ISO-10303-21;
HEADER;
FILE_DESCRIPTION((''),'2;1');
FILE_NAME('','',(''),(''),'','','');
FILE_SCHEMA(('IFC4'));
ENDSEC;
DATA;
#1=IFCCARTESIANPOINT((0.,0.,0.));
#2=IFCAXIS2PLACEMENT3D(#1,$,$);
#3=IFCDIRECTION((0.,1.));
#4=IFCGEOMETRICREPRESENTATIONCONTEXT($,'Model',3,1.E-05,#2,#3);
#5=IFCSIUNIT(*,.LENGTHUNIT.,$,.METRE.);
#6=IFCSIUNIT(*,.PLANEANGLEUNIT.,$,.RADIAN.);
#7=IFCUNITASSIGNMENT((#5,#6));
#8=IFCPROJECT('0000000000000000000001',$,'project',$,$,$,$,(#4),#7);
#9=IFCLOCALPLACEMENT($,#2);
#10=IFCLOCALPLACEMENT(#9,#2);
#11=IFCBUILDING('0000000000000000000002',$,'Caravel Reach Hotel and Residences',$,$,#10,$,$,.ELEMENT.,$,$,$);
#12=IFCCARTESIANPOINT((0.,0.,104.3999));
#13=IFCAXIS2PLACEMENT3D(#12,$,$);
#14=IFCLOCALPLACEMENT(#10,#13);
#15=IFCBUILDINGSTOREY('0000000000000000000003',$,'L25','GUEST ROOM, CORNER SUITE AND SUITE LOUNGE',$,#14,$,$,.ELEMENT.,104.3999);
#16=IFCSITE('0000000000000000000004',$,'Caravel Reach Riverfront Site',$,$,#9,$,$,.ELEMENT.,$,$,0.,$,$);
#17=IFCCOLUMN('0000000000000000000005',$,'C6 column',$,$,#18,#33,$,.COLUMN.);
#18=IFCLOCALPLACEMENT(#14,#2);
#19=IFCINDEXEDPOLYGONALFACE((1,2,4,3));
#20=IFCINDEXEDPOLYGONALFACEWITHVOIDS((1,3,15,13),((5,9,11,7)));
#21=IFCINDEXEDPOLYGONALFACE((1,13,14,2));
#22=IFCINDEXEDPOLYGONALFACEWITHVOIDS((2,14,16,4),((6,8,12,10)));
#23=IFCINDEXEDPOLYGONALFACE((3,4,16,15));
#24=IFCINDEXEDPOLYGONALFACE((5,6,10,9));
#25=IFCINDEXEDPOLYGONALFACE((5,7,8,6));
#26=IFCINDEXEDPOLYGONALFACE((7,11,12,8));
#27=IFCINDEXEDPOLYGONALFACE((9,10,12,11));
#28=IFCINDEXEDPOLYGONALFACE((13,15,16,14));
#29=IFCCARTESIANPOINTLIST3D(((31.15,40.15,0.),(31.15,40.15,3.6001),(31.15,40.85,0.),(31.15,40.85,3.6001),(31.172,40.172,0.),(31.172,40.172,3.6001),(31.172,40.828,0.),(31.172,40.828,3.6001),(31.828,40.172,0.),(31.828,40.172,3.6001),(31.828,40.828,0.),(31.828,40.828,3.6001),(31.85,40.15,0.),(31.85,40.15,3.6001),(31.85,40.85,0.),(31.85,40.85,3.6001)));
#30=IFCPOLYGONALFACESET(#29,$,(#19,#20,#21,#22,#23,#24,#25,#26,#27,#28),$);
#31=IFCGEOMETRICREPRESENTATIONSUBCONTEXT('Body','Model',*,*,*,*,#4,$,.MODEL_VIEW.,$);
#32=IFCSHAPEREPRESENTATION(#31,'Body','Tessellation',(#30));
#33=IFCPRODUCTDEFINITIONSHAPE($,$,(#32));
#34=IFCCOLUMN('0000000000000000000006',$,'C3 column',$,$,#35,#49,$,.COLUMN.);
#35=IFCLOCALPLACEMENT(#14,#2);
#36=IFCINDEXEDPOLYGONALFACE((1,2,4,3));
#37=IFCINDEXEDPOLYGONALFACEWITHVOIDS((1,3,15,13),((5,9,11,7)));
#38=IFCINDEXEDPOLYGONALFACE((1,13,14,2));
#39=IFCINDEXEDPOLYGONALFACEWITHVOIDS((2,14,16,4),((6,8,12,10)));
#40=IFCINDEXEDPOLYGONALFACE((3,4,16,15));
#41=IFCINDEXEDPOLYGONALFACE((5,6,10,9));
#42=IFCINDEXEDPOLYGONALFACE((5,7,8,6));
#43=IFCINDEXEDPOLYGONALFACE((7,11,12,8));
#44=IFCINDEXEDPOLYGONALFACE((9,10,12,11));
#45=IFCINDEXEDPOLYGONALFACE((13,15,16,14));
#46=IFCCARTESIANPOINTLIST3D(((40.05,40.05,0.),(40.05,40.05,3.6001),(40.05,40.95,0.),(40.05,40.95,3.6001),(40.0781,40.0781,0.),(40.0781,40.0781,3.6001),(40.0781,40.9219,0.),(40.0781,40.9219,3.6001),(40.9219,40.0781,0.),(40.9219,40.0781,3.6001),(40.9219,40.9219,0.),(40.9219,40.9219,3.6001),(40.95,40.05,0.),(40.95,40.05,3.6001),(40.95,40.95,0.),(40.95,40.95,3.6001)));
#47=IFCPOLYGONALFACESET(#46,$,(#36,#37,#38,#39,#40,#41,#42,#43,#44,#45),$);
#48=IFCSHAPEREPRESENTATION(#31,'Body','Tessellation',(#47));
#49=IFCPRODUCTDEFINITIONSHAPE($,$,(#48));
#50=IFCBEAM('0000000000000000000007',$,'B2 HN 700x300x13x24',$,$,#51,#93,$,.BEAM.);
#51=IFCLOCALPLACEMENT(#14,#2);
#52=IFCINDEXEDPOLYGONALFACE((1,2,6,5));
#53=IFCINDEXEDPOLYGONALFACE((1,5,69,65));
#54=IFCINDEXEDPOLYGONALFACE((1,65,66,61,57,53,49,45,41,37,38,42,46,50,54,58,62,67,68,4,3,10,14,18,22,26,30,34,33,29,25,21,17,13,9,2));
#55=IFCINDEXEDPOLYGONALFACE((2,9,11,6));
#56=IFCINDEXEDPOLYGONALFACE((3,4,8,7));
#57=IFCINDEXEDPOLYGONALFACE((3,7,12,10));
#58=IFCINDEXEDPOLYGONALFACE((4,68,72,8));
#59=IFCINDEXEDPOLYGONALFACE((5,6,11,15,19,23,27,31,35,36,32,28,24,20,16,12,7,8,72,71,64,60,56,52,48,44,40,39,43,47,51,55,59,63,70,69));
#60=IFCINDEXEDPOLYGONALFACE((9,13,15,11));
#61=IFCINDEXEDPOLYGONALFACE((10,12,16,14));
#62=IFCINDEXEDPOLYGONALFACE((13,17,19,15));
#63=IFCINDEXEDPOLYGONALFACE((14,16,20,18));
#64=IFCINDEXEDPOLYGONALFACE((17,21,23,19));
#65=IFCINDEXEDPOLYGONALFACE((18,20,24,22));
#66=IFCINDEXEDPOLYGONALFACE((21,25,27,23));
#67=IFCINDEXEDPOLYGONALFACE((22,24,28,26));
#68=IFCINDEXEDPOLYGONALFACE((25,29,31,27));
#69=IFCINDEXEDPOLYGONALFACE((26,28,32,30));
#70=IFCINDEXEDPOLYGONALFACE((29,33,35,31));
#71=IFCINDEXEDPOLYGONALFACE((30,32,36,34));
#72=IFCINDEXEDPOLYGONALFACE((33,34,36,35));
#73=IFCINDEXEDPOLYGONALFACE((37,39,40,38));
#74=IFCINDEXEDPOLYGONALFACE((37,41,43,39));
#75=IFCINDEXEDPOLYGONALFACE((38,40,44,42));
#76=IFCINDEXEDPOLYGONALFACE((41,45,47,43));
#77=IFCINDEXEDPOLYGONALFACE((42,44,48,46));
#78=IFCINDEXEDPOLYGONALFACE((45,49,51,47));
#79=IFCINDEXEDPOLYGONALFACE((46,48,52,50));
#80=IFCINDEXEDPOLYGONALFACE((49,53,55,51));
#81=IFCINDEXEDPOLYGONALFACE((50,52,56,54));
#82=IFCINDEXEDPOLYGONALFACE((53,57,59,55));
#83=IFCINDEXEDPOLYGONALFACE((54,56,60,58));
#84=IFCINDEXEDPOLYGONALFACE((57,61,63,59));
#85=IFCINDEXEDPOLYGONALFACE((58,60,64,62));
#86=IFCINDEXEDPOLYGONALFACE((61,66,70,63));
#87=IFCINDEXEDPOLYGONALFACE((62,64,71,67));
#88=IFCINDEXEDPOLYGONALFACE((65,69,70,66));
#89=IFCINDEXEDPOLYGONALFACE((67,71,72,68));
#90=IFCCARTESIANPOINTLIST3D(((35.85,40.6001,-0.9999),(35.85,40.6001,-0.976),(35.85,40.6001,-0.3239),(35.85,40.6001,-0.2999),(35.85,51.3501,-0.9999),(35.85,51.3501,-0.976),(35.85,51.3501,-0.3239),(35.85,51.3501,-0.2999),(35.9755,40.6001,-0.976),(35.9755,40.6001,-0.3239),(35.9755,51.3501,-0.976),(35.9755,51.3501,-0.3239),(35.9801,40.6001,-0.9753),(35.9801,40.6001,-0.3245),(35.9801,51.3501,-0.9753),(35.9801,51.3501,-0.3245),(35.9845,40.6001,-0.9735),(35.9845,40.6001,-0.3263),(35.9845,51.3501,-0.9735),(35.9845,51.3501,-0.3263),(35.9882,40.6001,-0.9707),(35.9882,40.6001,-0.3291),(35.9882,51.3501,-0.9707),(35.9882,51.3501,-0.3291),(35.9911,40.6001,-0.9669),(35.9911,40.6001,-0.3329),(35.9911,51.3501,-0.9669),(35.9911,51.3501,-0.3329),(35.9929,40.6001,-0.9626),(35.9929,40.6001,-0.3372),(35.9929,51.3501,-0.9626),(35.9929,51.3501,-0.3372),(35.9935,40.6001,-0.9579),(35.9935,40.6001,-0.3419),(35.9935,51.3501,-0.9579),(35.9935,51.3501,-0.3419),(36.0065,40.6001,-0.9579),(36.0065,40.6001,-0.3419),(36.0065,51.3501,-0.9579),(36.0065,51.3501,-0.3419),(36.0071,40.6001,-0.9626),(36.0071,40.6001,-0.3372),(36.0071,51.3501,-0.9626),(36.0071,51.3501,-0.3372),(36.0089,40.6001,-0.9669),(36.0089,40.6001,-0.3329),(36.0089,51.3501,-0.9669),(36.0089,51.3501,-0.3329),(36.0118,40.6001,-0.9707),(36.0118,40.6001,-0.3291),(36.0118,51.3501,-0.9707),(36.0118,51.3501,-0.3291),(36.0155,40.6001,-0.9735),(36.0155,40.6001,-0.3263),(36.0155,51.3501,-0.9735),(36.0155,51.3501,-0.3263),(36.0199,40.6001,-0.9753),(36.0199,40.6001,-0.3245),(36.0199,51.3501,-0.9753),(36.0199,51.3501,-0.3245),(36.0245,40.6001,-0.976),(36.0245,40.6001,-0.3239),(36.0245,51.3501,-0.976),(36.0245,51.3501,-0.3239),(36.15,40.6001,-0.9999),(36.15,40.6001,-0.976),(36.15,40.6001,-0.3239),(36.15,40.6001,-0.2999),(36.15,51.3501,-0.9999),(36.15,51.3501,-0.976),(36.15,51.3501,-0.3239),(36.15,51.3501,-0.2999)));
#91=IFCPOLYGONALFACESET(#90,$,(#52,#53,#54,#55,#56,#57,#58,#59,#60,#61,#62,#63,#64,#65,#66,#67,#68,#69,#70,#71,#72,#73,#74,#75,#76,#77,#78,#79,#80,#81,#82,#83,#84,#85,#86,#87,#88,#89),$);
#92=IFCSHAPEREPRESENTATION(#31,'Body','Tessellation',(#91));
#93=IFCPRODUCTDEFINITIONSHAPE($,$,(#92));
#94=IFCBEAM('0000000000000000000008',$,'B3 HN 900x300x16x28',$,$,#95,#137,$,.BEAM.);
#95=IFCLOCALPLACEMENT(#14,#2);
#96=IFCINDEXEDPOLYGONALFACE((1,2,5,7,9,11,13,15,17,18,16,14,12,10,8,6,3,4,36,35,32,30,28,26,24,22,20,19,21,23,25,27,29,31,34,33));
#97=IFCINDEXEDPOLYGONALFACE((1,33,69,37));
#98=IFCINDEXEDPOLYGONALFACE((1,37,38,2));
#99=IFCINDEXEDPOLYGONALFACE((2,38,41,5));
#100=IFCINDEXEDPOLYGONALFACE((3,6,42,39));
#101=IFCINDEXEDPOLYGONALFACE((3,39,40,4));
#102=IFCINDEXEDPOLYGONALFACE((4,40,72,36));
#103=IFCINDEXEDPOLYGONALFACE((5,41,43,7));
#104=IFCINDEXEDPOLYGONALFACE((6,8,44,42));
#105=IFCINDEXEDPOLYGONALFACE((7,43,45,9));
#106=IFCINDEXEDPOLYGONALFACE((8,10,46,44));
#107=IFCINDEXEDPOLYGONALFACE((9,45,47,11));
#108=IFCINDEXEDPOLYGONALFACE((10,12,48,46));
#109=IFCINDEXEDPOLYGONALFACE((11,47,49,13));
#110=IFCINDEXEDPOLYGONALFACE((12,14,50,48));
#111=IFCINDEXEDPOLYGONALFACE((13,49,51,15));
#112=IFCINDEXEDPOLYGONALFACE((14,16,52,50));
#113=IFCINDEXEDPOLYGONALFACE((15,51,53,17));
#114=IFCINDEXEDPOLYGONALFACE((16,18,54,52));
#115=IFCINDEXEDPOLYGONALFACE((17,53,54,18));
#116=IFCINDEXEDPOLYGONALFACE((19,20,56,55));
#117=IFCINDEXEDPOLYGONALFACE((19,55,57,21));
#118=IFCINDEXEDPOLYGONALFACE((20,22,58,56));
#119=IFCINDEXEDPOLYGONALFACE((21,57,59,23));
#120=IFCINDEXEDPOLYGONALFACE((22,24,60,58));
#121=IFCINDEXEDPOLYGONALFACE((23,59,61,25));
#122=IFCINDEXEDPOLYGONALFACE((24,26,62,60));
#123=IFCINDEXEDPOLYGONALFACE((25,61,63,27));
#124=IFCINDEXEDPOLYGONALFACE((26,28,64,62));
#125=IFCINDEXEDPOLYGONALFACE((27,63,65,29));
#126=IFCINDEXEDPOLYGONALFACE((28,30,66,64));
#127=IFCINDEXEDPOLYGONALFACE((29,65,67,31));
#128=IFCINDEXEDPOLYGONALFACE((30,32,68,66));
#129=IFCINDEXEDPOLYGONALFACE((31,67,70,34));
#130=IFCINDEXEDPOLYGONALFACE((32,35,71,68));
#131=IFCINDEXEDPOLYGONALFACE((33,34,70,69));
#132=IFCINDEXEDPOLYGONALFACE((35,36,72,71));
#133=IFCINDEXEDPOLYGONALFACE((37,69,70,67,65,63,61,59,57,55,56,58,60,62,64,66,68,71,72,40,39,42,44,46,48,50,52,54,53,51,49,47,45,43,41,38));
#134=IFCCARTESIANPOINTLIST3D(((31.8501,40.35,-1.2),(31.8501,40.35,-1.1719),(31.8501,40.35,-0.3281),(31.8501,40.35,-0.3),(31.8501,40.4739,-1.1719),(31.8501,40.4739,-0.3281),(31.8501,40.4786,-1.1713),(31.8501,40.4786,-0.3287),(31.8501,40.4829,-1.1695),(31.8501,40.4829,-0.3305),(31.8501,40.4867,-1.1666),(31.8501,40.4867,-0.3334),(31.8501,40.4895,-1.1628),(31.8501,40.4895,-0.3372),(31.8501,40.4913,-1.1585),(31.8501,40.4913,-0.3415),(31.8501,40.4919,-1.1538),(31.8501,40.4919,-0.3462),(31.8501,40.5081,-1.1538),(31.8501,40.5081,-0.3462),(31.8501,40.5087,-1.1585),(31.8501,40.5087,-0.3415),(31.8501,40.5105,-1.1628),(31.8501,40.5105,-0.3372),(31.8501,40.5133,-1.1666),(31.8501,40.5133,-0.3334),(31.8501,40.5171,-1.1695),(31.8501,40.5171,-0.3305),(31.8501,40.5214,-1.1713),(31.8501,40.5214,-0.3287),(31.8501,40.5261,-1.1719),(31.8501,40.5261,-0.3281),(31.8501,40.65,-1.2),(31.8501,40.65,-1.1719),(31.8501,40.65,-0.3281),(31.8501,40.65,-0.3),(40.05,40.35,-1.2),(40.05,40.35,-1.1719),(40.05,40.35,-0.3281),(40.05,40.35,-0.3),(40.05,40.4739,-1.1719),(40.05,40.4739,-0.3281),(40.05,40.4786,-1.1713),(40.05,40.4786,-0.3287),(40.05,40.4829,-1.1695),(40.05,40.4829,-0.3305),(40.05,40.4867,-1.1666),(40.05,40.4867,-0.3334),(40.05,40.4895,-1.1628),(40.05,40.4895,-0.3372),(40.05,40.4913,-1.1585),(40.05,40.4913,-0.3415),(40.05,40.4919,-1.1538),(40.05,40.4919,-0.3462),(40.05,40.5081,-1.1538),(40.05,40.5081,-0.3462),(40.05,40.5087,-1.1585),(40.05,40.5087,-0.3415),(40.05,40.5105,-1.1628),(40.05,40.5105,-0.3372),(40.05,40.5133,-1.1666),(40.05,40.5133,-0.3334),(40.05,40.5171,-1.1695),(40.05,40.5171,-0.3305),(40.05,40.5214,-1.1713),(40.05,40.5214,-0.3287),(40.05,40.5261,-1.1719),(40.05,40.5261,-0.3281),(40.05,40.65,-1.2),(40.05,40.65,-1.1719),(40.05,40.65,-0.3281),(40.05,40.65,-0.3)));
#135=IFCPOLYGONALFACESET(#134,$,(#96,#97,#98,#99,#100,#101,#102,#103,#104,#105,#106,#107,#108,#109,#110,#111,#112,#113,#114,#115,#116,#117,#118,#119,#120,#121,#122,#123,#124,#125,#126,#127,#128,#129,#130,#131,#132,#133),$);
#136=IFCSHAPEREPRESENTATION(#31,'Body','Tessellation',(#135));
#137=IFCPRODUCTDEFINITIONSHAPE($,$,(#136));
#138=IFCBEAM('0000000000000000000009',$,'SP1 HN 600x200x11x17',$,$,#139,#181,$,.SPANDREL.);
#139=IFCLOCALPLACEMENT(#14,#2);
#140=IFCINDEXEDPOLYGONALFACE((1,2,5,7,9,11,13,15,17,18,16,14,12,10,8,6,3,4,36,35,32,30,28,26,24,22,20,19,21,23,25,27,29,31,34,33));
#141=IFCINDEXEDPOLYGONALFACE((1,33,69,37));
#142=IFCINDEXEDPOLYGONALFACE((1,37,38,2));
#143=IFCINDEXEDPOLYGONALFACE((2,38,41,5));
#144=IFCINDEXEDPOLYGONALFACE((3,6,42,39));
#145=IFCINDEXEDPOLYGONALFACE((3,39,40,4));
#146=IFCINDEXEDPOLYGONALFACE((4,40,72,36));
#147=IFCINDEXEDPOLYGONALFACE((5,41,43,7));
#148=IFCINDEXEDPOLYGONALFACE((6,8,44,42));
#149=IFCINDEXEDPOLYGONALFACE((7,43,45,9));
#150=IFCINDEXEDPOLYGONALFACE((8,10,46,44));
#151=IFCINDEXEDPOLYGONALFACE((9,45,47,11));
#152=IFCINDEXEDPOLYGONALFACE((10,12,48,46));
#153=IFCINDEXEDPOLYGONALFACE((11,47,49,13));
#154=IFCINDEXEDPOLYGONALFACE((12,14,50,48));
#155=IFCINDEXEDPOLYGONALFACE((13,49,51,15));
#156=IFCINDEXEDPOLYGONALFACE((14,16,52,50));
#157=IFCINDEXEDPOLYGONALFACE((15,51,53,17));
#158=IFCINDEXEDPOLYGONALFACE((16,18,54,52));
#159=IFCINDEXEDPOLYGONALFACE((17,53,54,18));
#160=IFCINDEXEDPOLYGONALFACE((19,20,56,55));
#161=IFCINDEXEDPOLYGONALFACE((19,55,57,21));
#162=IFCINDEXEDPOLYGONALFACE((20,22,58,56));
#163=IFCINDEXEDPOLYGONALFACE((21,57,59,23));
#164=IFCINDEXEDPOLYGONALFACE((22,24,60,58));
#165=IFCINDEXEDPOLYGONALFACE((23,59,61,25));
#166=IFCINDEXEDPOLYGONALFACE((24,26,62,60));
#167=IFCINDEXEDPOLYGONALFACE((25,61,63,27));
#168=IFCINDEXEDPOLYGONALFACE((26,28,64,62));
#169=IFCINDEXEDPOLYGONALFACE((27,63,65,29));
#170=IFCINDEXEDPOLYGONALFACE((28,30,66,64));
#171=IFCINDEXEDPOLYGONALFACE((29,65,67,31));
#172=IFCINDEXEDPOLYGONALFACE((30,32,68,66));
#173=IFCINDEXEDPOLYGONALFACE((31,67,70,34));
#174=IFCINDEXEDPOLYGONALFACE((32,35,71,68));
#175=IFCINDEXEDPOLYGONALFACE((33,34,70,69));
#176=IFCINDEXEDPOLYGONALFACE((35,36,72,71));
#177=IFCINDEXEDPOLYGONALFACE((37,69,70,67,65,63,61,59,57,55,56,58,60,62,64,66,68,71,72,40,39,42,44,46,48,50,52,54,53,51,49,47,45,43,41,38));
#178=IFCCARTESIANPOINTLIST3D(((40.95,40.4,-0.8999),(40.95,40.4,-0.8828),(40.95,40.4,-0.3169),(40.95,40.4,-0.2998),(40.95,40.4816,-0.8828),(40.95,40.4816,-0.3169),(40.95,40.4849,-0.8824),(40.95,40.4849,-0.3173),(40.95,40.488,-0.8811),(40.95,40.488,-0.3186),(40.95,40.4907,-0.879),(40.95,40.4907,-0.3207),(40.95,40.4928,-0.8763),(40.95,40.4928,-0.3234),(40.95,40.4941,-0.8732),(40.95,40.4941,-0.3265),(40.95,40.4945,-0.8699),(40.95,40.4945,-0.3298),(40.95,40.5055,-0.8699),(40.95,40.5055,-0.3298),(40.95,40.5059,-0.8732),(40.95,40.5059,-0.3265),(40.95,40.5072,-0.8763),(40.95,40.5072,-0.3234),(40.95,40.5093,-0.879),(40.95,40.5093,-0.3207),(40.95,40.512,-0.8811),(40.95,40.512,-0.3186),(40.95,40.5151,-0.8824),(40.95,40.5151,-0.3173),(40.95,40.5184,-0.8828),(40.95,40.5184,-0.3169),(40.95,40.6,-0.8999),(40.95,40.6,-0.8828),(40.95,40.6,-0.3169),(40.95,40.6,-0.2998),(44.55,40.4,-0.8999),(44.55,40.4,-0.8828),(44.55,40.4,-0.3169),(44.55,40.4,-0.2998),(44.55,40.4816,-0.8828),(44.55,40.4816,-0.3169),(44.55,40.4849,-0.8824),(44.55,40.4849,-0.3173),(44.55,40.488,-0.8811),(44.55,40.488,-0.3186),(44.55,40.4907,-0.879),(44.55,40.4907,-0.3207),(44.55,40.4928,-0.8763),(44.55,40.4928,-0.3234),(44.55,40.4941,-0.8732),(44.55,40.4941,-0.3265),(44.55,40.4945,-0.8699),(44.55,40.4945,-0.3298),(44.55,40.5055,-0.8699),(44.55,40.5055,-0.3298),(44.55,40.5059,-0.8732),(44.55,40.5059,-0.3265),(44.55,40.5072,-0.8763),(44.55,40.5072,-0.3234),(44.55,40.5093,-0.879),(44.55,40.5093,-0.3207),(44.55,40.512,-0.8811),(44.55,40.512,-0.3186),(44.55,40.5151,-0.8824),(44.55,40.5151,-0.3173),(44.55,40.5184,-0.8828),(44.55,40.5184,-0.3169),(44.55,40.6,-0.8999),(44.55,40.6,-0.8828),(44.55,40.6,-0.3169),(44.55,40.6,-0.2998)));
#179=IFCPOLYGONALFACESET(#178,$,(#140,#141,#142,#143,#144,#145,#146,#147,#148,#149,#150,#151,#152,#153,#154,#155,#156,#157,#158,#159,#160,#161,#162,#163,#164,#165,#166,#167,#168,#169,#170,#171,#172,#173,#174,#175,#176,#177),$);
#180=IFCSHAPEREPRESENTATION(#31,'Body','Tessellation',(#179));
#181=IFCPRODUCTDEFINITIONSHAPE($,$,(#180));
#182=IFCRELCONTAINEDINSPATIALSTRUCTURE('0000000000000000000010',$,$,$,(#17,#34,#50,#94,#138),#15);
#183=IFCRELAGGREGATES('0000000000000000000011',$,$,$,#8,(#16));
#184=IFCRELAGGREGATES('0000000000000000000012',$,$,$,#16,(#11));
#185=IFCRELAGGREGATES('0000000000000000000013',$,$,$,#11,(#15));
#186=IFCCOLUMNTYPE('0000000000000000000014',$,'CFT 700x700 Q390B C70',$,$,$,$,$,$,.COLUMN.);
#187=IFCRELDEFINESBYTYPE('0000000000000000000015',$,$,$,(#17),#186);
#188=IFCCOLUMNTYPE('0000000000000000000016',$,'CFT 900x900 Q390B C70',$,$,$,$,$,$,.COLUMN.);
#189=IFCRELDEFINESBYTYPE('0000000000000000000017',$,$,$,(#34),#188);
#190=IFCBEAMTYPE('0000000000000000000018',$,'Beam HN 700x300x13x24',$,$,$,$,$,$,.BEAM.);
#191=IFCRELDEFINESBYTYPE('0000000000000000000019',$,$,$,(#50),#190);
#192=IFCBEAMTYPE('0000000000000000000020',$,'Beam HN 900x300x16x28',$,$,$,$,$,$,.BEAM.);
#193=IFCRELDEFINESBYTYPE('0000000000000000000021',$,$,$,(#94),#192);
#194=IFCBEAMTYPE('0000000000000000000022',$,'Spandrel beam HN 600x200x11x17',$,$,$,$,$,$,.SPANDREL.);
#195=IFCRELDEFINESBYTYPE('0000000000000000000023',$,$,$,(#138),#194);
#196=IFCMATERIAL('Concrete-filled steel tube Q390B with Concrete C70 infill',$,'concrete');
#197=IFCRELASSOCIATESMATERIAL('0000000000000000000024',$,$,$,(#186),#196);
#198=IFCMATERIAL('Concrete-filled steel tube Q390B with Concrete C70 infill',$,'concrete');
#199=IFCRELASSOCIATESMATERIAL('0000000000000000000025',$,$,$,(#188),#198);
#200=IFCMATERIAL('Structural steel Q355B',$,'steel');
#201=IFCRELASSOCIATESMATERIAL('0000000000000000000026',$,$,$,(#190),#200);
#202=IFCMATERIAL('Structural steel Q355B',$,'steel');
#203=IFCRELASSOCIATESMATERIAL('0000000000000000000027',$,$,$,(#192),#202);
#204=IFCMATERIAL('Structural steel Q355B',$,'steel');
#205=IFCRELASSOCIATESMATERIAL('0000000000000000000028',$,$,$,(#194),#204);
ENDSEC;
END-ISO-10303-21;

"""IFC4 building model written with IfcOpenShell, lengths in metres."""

from ifc_helpers import new_model, si_unit, direction, frame, origin, origin_2d, place, context, subcontext, project, spatial, hollow_rectangle, i_section, extrude, material, material_profile, profile_set, type_object, element, save


model = new_model("IFC4")

# Units and contexts
model_context = context("Model", 3, precision=1e-05, world=origin(), true_north=direction((0.0, 1.0)))
body_context = subcontext(model_context, "Body", "Model", "MODEL_VIEW")
ifc_project = project(units=[si_unit("LENGTHUNIT", "METRE"), si_unit("PLANEANGLEUNIT", "RADIAN")], contexts=[model_context])

# Site, building, storey
site_placement = place(None, origin())
site = spatial("IfcSite", under=ifc_project, at=site_placement, Name="Caravel Reach Riverfront Site", CompositionType="ELEMENT", RefElevation=0.0)
building_placement = place(site_placement, origin())
building = spatial("IfcBuilding", under=site, at=building_placement, Name="Caravel Reach Hotel and Residences", CompositionType="ELEMENT")
storey_placement = place(building_placement, frame((0.0, 0.0, 104.3999)))
storey = spatial("IfcBuildingStorey", under=building, at=storey_placement, Name="L25", Description="GUEST ROOM, CORNER SUITE AND SUITE LOUNGE", CompositionType="ELEMENT", Elevation=104.3999)

# Columns
ifc_material_1 = material(Name="Concrete-filled steel tube Q390B with Concrete C70 infill", Category="concrete")
ifc_material_profile_1 = material_profile(ifc_material_1, hollow_rectangle(XDim=0.7, YDim=0.7, WallThickness=0.022, at=origin_2d()), Name="RHS 700x700x22")
ifc_profile_set_1 = profile_set([ifc_material_profile_1], Name="Concrete-filled steel tube Q390B with Concrete C70 infill")
column_type_1 = type_object("IfcColumnType", Name="CFT 700x700 Q390B C70", PredefinedType="COLUMN", material=ifc_profile_set_1)
column_1_placement = place(storey_placement, frame((31.5, 40.5, 0.0), z_axis=(0.0, 0.0, 1.0), x_axis=(1.0, 0.0, 0.0)))
element("IfcColumn", 1, at=column_1_placement, inside=storey, type_object=column_type_1, Name="C6 column", PredefinedType="COLUMN", context=body_context, shape_type="SweptSolid", body=[
    extrude(hollow_rectangle(XDim=0.7, YDim=0.7, WallThickness=0.022, at=origin_2d()), origin(), (0.0, 0.0, 1.0), 3.6001),
])
ifc_material_2 = material(Name="Concrete-filled steel tube Q390B with Concrete C70 infill", Category="concrete")
ifc_material_profile_2 = material_profile(ifc_material_2, hollow_rectangle(XDim=0.8999, YDim=0.8999, WallThickness=0.0281, at=origin_2d()), Name="RHS 900x900x28")
ifc_profile_set_2 = profile_set([ifc_material_profile_2], Name="Concrete-filled steel tube Q390B with Concrete C70 infill")
column_type_2 = type_object("IfcColumnType", Name="CFT 900x900 Q390B C70", PredefinedType="COLUMN", material=ifc_profile_set_2)
column_2_placement = place(storey_placement, frame((40.5, 40.5, 0.0), z_axis=(0.0, 0.0, 1.0), x_axis=(1.0, 0.0, 0.0)))
element("IfcColumn", 2, at=column_2_placement, inside=storey, type_object=column_type_2, Name="C3 column", PredefinedType="COLUMN", context=body_context, shape_type="SweptSolid", body=[
    extrude(hollow_rectangle(XDim=0.8999, YDim=0.8999, WallThickness=0.0281, at=origin_2d()), origin(), (0.0, 0.0, 1.0), 3.6001),
])

# Beams
ifc_material_3 = material(Name="Structural steel Q355B", Category="steel")
ifc_material_profile_3 = material_profile(ifc_material_3, i_section(OverallWidth=0.3, OverallDepth=0.7, WebThickness=0.0129, FlangeThickness=0.0239, FilletRadius=0.0181, at=origin_2d()), Name="HN 700x300x13x24")
ifc_profile_set_3 = profile_set([ifc_material_profile_3], Name="Structural steel Q355B")
beam_type_1 = type_object("IfcBeamType", Name="Beam HN 700x300x13x24", PredefinedType="BEAM", material=ifc_profile_set_3)
beam_1_placement = place(storey_placement, frame((36.0, 40.6001, -0.6499), z_axis=(0.0, 1.0, 0.0), x_axis=(-1.0, 0.0, 0.0)))
element("IfcBeam", 3, at=beam_1_placement, inside=storey, type_object=beam_type_1, Name="B2 HN 700x300x13x24", PredefinedType="BEAM", context=body_context, shape_type="SweptSolid", body=[
    extrude(i_section(OverallWidth=0.3, OverallDepth=0.7, WebThickness=0.0129, FlangeThickness=0.0239, FilletRadius=0.0181, at=origin_2d()), origin(), (0.0, 0.0, 1.0), 10.75),
])
ifc_material_4 = material(Name="Structural steel Q355B", Category="steel")
ifc_material_profile_4 = material_profile(ifc_material_4, i_section(OverallWidth=0.3, OverallDepth=0.8999, WebThickness=0.0161, FlangeThickness=0.0281, FilletRadius=0.0181, at=origin_2d()), Name="HN 900x300x16x28")
ifc_profile_set_4 = profile_set([ifc_material_profile_4], Name="Structural steel Q355B")
beam_type_2 = type_object("IfcBeamType", Name="Beam HN 900x300x16x28", PredefinedType="BEAM", material=ifc_profile_set_4)
beam_2_placement = place(storey_placement, frame((31.8501, 40.5, -0.75), z_axis=(1.0, 0.0, 0.0), x_axis=(0.0, 1.0, 0.0)))
element("IfcBeam", 4, at=beam_2_placement, inside=storey, type_object=beam_type_2, Name="B3 HN 900x300x16x28", PredefinedType="BEAM", context=body_context, shape_type="SweptSolid", body=[
    extrude(i_section(OverallWidth=0.3, OverallDepth=0.8999, WebThickness=0.0161, FlangeThickness=0.0281, FilletRadius=0.0181, at=origin_2d()), origin(), (0.0, 0.0, 1.0), 8.2),
])
ifc_material_5 = material(Name="Structural steel Q355B", Category="steel")
ifc_material_profile_5 = material_profile(ifc_material_5, i_section(OverallWidth=0.2, OverallDepth=0.6001, WebThickness=0.011, FlangeThickness=0.0171, FilletRadius=0.0129, at=origin_2d()), Name="HN 600x200x11x17")
ifc_profile_set_5 = profile_set([ifc_material_profile_5], Name="Structural steel Q355B")
beam_type_3 = type_object("IfcBeamType", Name="Spandrel beam HN 600x200x11x17", PredefinedType="SPANDREL", material=ifc_profile_set_5)
beam_3_placement = place(storey_placement, frame((44.55, 40.5, -0.5999), z_axis=(-1.0, 0.0, 0.0), x_axis=(0.0, -1.0, 0.0)))
element("IfcBeam", 5, at=beam_3_placement, inside=storey, type_object=beam_type_3, Name="SP1 HN 600x200x11x17", PredefinedType="SPANDREL", context=body_context, shape_type="SweptSolid", body=[
    extrude(i_section(OverallWidth=0.2, OverallDepth=0.6001, WebThickness=0.011, FlangeThickness=0.0171, FilletRadius=0.0129, at=origin_2d()), origin(), (0.0, 0.0, 1.0), 3.6001),
])

save(model, "model.ifc")
